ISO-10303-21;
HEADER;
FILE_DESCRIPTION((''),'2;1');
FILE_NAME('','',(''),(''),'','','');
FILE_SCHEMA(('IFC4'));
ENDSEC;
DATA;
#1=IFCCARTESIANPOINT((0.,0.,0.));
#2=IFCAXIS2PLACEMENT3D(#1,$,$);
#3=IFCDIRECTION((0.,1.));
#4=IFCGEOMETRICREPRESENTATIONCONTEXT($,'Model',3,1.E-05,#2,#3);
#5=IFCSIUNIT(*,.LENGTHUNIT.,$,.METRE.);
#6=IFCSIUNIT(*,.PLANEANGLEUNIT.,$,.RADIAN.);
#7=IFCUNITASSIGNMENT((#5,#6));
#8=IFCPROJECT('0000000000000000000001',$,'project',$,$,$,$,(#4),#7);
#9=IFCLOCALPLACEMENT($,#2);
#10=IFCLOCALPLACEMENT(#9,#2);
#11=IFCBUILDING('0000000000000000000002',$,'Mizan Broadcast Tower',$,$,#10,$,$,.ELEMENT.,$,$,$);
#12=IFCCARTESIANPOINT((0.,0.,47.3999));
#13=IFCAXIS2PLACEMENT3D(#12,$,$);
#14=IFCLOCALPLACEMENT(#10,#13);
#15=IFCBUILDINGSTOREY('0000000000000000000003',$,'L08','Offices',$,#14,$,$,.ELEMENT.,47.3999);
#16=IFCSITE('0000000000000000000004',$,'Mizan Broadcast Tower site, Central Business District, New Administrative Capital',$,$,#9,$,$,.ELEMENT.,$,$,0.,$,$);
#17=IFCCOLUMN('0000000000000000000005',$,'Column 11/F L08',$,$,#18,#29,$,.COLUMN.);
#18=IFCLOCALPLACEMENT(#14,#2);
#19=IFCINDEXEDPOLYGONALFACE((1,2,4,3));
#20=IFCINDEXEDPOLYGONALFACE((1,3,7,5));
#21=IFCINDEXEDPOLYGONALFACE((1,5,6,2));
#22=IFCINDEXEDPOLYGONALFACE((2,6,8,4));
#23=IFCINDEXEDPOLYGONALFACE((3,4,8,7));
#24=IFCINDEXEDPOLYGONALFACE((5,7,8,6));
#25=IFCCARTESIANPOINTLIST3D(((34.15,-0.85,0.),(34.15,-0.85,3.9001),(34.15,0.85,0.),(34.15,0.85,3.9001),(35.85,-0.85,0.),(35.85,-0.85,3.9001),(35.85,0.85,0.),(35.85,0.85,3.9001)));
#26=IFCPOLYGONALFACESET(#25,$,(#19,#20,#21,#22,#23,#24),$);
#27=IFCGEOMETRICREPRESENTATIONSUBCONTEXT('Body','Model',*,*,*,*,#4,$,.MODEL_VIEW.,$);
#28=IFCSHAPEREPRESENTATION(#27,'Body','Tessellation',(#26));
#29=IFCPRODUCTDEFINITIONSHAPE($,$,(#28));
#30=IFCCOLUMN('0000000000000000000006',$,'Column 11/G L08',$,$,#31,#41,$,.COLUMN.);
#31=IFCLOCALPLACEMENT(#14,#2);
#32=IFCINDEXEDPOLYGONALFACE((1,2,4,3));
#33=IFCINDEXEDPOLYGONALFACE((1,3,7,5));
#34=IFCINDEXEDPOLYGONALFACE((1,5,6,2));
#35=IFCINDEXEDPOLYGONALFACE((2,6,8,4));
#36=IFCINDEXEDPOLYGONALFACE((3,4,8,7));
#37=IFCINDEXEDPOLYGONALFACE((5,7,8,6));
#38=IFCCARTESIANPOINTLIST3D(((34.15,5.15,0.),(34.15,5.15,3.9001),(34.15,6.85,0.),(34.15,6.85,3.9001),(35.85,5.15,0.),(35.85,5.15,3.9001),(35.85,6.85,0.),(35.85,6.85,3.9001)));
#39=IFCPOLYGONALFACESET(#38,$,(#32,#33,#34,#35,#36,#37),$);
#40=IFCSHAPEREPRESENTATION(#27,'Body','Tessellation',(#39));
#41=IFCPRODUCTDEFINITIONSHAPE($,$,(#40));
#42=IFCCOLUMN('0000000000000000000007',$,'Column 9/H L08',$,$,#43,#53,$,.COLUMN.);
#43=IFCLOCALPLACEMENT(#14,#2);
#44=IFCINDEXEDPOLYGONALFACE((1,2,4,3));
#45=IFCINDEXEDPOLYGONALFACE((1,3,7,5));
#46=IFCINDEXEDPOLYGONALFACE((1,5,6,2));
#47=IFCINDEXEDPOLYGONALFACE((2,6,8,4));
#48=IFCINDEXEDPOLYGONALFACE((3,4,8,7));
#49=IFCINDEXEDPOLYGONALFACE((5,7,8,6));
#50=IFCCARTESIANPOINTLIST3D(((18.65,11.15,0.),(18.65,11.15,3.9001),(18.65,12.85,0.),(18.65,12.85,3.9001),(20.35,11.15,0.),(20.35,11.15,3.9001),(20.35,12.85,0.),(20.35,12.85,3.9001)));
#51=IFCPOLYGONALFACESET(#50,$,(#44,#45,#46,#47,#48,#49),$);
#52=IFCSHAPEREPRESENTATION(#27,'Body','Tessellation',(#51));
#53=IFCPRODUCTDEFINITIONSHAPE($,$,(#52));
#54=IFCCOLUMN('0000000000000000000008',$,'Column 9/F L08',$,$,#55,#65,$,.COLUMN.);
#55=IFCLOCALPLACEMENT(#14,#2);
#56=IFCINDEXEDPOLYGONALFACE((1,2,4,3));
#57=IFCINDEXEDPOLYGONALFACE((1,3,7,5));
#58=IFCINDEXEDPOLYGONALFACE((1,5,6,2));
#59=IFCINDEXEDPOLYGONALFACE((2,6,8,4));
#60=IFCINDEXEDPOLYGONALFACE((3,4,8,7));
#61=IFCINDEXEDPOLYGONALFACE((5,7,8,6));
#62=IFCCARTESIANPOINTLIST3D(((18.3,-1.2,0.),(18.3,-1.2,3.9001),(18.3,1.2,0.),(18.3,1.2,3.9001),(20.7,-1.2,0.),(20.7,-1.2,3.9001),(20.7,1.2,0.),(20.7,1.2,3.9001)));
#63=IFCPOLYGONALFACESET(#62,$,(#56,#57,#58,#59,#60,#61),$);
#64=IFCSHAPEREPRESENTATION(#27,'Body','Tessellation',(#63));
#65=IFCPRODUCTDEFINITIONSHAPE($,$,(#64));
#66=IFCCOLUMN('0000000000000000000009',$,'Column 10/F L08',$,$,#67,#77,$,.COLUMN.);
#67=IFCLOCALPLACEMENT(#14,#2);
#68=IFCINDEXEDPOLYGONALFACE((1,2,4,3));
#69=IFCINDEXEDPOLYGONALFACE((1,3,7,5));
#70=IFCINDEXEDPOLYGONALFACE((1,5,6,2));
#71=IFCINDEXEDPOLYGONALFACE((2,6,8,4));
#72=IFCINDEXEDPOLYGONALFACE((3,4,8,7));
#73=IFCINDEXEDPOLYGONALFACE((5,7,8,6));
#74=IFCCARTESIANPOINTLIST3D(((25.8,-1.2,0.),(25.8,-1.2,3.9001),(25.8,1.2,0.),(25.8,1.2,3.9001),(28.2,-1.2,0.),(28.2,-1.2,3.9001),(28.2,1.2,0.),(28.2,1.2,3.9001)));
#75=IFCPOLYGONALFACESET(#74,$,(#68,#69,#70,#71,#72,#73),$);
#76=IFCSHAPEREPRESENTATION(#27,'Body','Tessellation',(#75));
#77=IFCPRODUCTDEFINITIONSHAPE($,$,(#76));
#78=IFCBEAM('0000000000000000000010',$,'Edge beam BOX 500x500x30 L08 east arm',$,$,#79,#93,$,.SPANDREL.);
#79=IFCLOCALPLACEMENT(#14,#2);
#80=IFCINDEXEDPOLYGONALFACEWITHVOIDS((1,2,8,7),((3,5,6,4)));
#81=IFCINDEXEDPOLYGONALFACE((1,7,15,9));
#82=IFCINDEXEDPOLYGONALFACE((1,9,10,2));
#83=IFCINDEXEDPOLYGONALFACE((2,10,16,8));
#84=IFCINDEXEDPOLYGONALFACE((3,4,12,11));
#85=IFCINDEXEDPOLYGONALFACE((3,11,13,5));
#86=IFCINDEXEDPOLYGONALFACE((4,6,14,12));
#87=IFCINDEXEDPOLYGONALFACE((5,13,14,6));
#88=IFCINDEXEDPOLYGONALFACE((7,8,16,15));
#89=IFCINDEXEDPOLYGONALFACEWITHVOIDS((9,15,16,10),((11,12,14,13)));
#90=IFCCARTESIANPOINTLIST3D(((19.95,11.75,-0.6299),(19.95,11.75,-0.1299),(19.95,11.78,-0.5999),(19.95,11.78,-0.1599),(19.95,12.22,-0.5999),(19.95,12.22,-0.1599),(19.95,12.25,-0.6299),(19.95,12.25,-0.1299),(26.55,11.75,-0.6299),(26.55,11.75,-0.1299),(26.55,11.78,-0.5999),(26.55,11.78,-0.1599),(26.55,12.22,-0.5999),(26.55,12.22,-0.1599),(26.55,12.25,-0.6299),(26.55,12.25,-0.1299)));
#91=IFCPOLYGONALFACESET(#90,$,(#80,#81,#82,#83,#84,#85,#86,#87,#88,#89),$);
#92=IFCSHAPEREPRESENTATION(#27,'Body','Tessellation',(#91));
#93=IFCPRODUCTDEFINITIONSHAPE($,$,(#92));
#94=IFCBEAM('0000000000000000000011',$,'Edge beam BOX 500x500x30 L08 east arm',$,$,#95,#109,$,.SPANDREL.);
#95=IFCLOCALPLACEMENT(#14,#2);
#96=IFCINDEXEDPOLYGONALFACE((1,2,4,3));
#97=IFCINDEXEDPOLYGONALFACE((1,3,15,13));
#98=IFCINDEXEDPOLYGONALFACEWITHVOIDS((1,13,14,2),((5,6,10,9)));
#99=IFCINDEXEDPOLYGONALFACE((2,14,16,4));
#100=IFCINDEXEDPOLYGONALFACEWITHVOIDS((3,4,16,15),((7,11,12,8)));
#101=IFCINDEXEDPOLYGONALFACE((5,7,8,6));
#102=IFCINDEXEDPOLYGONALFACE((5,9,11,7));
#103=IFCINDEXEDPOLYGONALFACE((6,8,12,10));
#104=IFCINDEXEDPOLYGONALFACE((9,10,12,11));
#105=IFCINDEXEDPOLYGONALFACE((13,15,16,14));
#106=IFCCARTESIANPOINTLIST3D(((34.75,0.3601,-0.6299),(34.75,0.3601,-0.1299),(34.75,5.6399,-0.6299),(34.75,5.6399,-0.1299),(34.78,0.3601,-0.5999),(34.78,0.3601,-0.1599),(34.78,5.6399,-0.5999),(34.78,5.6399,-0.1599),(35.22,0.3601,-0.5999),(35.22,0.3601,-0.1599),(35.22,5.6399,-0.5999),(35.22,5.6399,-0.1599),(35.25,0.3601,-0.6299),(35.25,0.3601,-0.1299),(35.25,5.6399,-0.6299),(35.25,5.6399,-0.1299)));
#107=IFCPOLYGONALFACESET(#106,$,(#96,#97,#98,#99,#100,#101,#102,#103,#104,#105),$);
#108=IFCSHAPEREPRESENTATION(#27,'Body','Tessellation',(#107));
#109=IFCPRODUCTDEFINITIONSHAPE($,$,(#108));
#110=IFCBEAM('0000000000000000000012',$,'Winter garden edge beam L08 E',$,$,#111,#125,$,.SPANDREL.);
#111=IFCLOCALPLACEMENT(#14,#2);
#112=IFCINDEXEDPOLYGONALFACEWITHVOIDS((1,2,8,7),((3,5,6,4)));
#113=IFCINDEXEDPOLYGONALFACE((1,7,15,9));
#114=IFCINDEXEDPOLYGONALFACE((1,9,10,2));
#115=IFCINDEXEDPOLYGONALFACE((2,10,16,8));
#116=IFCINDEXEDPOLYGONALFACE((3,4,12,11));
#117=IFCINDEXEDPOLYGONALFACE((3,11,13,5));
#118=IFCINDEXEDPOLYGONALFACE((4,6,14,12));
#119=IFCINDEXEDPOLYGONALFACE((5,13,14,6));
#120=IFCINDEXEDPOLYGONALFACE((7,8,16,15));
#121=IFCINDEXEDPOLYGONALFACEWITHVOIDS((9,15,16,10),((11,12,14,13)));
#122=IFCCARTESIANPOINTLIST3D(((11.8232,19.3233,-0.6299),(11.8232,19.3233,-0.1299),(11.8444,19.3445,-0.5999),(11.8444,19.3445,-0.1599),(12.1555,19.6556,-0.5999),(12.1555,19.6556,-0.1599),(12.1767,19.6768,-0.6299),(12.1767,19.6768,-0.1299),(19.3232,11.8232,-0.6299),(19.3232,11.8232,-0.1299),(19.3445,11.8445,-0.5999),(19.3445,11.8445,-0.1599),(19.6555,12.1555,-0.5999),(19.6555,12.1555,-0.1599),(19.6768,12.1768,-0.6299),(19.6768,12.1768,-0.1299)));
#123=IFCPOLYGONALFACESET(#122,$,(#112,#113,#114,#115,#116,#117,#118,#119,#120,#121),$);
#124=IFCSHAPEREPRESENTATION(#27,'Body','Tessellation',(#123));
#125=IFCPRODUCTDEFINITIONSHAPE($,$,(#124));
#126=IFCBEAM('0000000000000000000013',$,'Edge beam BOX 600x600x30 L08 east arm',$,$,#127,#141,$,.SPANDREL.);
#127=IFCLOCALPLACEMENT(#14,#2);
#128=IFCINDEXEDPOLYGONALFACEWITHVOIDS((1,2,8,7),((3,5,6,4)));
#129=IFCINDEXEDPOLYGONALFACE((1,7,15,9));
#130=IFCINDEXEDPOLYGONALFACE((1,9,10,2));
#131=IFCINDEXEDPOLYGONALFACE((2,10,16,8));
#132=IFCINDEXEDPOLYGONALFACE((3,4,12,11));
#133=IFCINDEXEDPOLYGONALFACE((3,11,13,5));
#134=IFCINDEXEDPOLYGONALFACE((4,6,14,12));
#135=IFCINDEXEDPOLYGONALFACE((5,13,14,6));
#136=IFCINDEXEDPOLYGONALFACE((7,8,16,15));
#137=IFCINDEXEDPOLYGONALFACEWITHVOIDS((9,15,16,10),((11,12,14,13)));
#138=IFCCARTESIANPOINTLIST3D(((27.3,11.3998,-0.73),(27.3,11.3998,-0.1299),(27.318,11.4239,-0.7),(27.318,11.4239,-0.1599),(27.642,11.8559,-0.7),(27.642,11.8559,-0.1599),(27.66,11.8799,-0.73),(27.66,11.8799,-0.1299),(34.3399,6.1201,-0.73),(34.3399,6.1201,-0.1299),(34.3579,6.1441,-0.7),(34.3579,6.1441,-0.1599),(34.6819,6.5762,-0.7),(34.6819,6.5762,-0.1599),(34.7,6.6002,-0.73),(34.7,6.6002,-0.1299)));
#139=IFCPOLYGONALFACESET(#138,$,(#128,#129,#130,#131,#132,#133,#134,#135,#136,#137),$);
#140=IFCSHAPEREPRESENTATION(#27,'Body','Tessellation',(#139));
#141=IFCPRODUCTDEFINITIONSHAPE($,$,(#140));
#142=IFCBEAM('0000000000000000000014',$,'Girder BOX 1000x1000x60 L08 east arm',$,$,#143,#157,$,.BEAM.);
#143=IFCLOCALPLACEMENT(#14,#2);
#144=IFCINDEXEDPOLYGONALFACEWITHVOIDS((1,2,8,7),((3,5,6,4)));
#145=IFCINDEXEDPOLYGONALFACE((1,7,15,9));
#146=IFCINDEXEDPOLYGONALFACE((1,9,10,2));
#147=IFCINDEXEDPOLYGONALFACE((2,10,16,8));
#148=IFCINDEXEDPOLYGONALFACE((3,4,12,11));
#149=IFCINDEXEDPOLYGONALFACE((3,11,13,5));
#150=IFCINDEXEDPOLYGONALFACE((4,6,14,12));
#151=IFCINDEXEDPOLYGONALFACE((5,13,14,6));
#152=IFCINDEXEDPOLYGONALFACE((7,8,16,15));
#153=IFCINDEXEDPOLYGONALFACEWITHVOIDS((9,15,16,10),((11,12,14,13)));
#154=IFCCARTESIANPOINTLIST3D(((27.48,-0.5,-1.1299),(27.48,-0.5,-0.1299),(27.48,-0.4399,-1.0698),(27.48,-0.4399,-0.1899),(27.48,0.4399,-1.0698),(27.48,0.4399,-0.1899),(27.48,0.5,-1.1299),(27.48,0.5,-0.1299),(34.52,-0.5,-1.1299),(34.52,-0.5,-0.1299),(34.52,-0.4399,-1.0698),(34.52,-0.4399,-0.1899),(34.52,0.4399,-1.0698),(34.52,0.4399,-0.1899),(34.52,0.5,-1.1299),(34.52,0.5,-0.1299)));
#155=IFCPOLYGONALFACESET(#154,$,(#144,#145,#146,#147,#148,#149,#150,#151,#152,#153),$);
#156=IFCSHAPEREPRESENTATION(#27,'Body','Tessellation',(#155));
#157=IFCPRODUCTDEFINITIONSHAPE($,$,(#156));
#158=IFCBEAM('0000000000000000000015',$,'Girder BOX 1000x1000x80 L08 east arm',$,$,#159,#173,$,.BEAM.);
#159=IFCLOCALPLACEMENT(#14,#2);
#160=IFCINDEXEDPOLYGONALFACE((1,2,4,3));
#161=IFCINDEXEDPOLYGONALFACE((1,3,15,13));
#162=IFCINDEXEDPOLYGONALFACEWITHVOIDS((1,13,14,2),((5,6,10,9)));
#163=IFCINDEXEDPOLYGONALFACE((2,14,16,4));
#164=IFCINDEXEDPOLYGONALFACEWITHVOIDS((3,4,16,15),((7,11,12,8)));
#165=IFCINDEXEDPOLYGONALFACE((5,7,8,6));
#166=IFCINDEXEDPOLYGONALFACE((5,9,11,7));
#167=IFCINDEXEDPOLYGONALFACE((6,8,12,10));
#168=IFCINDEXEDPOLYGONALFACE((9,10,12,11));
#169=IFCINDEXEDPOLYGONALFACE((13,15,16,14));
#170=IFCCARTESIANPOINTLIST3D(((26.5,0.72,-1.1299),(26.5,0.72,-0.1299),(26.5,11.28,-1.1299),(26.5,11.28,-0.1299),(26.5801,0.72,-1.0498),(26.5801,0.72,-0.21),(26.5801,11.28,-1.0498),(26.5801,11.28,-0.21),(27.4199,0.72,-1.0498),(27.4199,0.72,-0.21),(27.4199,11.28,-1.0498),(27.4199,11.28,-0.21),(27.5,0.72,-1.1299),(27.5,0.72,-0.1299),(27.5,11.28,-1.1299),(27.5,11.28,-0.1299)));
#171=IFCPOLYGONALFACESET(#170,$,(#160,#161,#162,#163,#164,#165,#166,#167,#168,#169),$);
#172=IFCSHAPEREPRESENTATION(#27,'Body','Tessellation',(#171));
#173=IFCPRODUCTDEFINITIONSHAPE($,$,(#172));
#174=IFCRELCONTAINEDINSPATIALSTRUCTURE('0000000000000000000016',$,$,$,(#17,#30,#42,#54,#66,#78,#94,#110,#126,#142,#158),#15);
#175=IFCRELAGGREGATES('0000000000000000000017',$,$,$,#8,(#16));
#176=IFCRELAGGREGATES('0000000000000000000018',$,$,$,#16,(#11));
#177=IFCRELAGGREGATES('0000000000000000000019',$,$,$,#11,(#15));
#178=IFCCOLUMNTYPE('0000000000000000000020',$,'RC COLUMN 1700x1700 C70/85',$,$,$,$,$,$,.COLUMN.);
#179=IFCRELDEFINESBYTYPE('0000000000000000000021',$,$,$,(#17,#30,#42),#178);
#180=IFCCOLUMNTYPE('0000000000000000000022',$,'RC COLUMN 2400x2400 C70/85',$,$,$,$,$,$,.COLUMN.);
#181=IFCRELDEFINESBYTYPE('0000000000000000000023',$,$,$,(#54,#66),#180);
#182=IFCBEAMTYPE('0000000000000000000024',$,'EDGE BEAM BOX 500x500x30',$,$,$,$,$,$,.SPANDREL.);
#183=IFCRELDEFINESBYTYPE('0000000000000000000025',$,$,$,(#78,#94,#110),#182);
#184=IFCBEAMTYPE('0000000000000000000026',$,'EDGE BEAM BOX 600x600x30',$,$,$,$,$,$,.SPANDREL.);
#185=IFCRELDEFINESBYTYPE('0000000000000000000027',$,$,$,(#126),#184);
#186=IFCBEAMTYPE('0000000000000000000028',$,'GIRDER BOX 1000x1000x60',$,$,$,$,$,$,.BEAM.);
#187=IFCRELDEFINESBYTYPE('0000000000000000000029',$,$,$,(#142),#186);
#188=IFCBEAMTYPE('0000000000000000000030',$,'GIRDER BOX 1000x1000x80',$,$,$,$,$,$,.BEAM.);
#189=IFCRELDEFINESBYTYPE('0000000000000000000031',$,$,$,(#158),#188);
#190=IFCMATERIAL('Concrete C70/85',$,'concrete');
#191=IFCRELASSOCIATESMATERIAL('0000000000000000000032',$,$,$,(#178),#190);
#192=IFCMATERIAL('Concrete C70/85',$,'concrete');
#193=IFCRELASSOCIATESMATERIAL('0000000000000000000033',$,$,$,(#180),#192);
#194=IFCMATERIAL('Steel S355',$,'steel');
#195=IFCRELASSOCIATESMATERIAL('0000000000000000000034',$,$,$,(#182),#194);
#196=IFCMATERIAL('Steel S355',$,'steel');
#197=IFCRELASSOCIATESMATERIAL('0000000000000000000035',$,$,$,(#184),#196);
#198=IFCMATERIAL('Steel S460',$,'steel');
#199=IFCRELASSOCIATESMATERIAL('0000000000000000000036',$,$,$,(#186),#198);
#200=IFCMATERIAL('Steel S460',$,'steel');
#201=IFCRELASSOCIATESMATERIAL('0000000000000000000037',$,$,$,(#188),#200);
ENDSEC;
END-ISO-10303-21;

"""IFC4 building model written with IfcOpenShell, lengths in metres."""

from ifc_helpers import new_model, si_unit, direction, frame, origin, origin_2d, place, context, subcontext, project, spatial, rectangle, hollow_rectangle, extrude, material, material_profile, profile_set, type_object, element, save


model = new_model("IFC4")

# Units and contexts
model_context = context("Model", 3, precision=1e-05, world=origin(), true_north=direction((0.0, 1.0)))
body_context = subcontext(model_context, "Body", "Model", "MODEL_VIEW")
ifc_project = project(units=[si_unit("LENGTHUNIT", "METRE"), si_unit("PLANEANGLEUNIT", "RADIAN")], contexts=[model_context])

# Site, building, storey
site_placement = place(None, origin())
site = spatial("IfcSite", under=ifc_project, at=site_placement, Name="Mizan Broadcast Tower site, Central Business District, New Administrative Capital", CompositionType="ELEMENT", RefElevation=0.0)
building_placement = place(site_placement, origin())
building = spatial("IfcBuilding", under=site, at=building_placement, Name="Mizan Broadcast Tower", CompositionType="ELEMENT")
storey_placement = place(building_placement, frame((0.0, 0.0, 47.3999)))
storey = spatial("IfcBuildingStorey", under=building, at=storey_placement, Name="L08", Description="Offices", CompositionType="ELEMENT", Elevation=47.3999)

# Columns
ifc_material_1 = material(Name="Concrete C70/85", Category="concrete")
ifc_material_profile_1 = material_profile(ifc_material_1, rectangle(XDim=1.7, YDim=1.7, at=origin_2d()), Name="RC 1700x1700")
ifc_profile_set_1 = profile_set([ifc_material_profile_1], Name="Concrete C70/85")
column_type_1 = type_object("IfcColumnType", Name="RC COLUMN 1700x1700 C70/85", PredefinedType="COLUMN", material=ifc_profile_set_1)
for number, where, z_axis, x_axis, name in (
    (1, (35.0, 0.0, 0.0), (0.0, 0.0, 1.0), (1.0, 0.0, 0.0), "Column 11/F L08"),
    (2, (35.0, 6.0, 0.0), (0.0, 0.0, 1.0), (1.0, 0.0, 0.0), "Column 11/G L08"),
    (3, (19.5, 12.0, 0.0), (0.0, 0.0, 1.0), (1.0, 0.0, 0.0), "Column 9/H L08"),
):
    element("IfcColumn", number, at=place(storey_placement, frame(where, z_axis=z_axis, x_axis=x_axis)), inside=storey, type_object=column_type_1, Name=name, PredefinedType="COLUMN", context=body_context, shape_type="SweptSolid", body=[
        extrude(rectangle(XDim=1.7, YDim=1.7, at=origin_2d()), origin(), (0.0, 0.0, 1.0), 3.9001),
    ])
ifc_material_2 = material(Name="Concrete C70/85", Category="concrete")
ifc_material_profile_2 = material_profile(ifc_material_2, rectangle(XDim=2.3999, YDim=2.3999, at=origin_2d()), Name="RC 2400x2400")
ifc_profile_set_2 = profile_set([ifc_material_profile_2], Name="Concrete C70/85")
column_type_2 = type_object("IfcColumnType", Name="RC COLUMN 2400x2400 C70/85", PredefinedType="COLUMN", material=ifc_profile_set_2)
for number, where, z_axis, x_axis, name in (
    (4, (19.5, 0.0, 0.0), (0.0, 0.0, 1.0), (1.0, 0.0, 0.0), "Column 9/F L08"),
    (5, (27.0, 0.0, 0.0), (0.0, 0.0, 1.0), (1.0, 0.0, 0.0), "Column 10/F L08"),
):
    element("IfcColumn", number, at=place(storey_placement, frame(where, z_axis=z_axis, x_axis=x_axis)), inside=storey, type_object=column_type_2, Name=name, PredefinedType="COLUMN", context=body_context, shape_type="SweptSolid", body=[
        extrude(rectangle(XDim=2.3999, YDim=2.3999, at=origin_2d()), origin(), (0.0, 0.0, 1.0), 3.9001),
    ])

# Beams
ifc_material_3 = material(Name="Steel S355", Category="steel")
ifc_material_profile_3 = material_profile(ifc_material_3, hollow_rectangle(XDim=0.5, YDim=0.5, WallThickness=0.03, at=origin_2d()), Name="BOX 500x500x30")
ifc_profile_set_3 = profile_set([ifc_material_profile_3], Name="Steel S355")
beam_type_1 = type_object("IfcBeamType", Name="EDGE BEAM BOX 500x500x30", PredefinedType="SPANDREL", material=ifc_profile_set_3)
beam_1_placement = place(storey_placement, frame((19.95, 12.0, -0.3799), z_axis=(1.0, 0.0, 0.0), x_axis=(0.0, 1.0, 0.0)))
element("IfcBeam", 6, at=beam_1_placement, inside=storey, type_object=beam_type_1, Name="Edge beam BOX 500x500x30 L08 east arm", PredefinedType="SPANDREL", context=body_context, shape_type="SweptSolid", body=[
    extrude(hollow_rectangle(XDim=0.5, YDim=0.5, WallThickness=0.03, at=origin_2d()), origin(), (0.0, 0.0, 1.0), 6.6001),
])
beam_2_placement = place(storey_placement, frame((35.0, 5.6399, -0.3799), z_axis=(0.0, -1.0, 0.0), x_axis=(1.0, 0.0, 0.0)))
element("IfcBeam", 7, at=beam_2_placement, inside=storey, type_object=beam_type_1, Name="Edge beam BOX 500x500x30 L08 east arm", PredefinedType="SPANDREL", context=body_context, shape_type="SweptSolid", body=[
    extrude(hollow_rectangle(XDim=0.5, YDim=0.5, WallThickness=0.03, at=origin_2d()), origin(), (0.0, 0.0, 1.0), 5.2798),
])
beam_3_placement = place(storey_placement, frame((19.5, 12.0, -0.3799), z_axis=(-0.707107, 0.707107, 0.0), x_axis=(-0.707107, -0.707107, 0.0)))
element("IfcBeam", 8, at=beam_3_placement, inside=storey, type_object=beam_type_1, Name="Winter garden edge beam L08 E", PredefinedType="SPANDREL", context=body_context, shape_type="SweptSolid", body=[
    extrude(hollow_rectangle(XDim=0.5, YDim=0.5, WallThickness=0.03, at=origin_2d()), origin(), (0.0, 0.0, 1.0), 10.6067),
])
ifc_material_4 = material(Name="Steel S355", Category="steel")
ifc_material_profile_4 = material_profile(ifc_material_4, hollow_rectangle(XDim=0.6001, YDim=0.6001, WallThickness=0.03, at=origin_2d()), Name="BOX 600x600x30")
ifc_profile_set_4 = profile_set([ifc_material_profile_4], Name="Steel S355")
beam_type_2 = type_object("IfcBeamType", Name="EDGE BEAM BOX 600x600x30", PredefinedType="SPANDREL", material=ifc_profile_set_4)
beam_4_placement = place(storey_placement, frame((27.48, 11.6399, -0.4299), z_axis=(0.800013, -0.599982, 0.0), x_axis=(0.599982, 0.800013, 0.0)))
element("IfcBeam", 9, at=beam_4_placement, inside=storey, type_object=beam_type_2, Name="Edge beam BOX 600x600x30 L08 east arm", PredefinedType="SPANDREL", context=body_context, shape_type="SweptSolid", body=[
    extrude(hollow_rectangle(XDim=0.6001, YDim=0.6001, WallThickness=0.03, at=origin_2d()), origin(), (0.0, 0.0, 1.0), 8.7998),
])
ifc_material_5 = material(Name="Steel S460", Category="steel")
ifc_material_profile_5 = material_profile(ifc_material_5, hollow_rectangle(XDim=1.0, YDim=1.0, WallThickness=0.0601, at=origin_2d()), Name="BOX 1000x1000x60")
ifc_profile_set_5 = profile_set([ifc_material_profile_5], Name="Steel S460")
beam_type_3 = type_object("IfcBeamType", Name="GIRDER BOX 1000x1000x60", PredefinedType="BEAM", material=ifc_profile_set_5)
beam_5_placement = place(storey_placement, frame((27.48, 0.0, -0.6299), z_axis=(1.0, 0.0, 0.0), x_axis=(0.0, 1.0, 0.0)))
element("IfcBeam", 10, at=beam_5_placement, inside=storey, type_object=beam_type_3, Name="Girder BOX 1000x1000x60 L08 east arm", PredefinedType="BEAM", context=body_context, shape_type="SweptSolid", body=[
    extrude(hollow_rectangle(XDim=1.0, YDim=1.0, WallThickness=0.0601, at=origin_2d()), origin(), (0.0, 0.0, 1.0), 7.04),
])
ifc_material_6 = material(Name="Steel S460", Category="steel")
ifc_material_profile_6 = material_profile(ifc_material_6, hollow_rectangle(XDim=1.0, YDim=1.0, WallThickness=0.0801, at=origin_2d()), Name="BOX 1000x1000x80")
ifc_profile_set_6 = profile_set([ifc_material_profile_6], Name="Steel S460")
beam_type_4 = type_object("IfcBeamType", Name="GIRDER BOX 1000x1000x80", PredefinedType="BEAM", material=ifc_profile_set_6)
beam_6_placement = place(storey_placement, frame((27.0, 11.28, -0.6299), z_axis=(0.0, -1.0, 0.0), x_axis=(1.0, 0.0, 0.0)))
element("IfcBeam", 11, at=beam_6_placement, inside=storey, type_object=beam_type_4, Name="Girder BOX 1000x1000x80 L08 east arm", PredefinedType="BEAM", context=body_context, shape_type="SweptSolid", body=[
    extrude(hollow_rectangle(XDim=1.0, YDim=1.0, WallThickness=0.0801, at=origin_2d()), origin(), (0.0, 0.0, 1.0), 10.5601),
])

save(model, "model.ifc")
